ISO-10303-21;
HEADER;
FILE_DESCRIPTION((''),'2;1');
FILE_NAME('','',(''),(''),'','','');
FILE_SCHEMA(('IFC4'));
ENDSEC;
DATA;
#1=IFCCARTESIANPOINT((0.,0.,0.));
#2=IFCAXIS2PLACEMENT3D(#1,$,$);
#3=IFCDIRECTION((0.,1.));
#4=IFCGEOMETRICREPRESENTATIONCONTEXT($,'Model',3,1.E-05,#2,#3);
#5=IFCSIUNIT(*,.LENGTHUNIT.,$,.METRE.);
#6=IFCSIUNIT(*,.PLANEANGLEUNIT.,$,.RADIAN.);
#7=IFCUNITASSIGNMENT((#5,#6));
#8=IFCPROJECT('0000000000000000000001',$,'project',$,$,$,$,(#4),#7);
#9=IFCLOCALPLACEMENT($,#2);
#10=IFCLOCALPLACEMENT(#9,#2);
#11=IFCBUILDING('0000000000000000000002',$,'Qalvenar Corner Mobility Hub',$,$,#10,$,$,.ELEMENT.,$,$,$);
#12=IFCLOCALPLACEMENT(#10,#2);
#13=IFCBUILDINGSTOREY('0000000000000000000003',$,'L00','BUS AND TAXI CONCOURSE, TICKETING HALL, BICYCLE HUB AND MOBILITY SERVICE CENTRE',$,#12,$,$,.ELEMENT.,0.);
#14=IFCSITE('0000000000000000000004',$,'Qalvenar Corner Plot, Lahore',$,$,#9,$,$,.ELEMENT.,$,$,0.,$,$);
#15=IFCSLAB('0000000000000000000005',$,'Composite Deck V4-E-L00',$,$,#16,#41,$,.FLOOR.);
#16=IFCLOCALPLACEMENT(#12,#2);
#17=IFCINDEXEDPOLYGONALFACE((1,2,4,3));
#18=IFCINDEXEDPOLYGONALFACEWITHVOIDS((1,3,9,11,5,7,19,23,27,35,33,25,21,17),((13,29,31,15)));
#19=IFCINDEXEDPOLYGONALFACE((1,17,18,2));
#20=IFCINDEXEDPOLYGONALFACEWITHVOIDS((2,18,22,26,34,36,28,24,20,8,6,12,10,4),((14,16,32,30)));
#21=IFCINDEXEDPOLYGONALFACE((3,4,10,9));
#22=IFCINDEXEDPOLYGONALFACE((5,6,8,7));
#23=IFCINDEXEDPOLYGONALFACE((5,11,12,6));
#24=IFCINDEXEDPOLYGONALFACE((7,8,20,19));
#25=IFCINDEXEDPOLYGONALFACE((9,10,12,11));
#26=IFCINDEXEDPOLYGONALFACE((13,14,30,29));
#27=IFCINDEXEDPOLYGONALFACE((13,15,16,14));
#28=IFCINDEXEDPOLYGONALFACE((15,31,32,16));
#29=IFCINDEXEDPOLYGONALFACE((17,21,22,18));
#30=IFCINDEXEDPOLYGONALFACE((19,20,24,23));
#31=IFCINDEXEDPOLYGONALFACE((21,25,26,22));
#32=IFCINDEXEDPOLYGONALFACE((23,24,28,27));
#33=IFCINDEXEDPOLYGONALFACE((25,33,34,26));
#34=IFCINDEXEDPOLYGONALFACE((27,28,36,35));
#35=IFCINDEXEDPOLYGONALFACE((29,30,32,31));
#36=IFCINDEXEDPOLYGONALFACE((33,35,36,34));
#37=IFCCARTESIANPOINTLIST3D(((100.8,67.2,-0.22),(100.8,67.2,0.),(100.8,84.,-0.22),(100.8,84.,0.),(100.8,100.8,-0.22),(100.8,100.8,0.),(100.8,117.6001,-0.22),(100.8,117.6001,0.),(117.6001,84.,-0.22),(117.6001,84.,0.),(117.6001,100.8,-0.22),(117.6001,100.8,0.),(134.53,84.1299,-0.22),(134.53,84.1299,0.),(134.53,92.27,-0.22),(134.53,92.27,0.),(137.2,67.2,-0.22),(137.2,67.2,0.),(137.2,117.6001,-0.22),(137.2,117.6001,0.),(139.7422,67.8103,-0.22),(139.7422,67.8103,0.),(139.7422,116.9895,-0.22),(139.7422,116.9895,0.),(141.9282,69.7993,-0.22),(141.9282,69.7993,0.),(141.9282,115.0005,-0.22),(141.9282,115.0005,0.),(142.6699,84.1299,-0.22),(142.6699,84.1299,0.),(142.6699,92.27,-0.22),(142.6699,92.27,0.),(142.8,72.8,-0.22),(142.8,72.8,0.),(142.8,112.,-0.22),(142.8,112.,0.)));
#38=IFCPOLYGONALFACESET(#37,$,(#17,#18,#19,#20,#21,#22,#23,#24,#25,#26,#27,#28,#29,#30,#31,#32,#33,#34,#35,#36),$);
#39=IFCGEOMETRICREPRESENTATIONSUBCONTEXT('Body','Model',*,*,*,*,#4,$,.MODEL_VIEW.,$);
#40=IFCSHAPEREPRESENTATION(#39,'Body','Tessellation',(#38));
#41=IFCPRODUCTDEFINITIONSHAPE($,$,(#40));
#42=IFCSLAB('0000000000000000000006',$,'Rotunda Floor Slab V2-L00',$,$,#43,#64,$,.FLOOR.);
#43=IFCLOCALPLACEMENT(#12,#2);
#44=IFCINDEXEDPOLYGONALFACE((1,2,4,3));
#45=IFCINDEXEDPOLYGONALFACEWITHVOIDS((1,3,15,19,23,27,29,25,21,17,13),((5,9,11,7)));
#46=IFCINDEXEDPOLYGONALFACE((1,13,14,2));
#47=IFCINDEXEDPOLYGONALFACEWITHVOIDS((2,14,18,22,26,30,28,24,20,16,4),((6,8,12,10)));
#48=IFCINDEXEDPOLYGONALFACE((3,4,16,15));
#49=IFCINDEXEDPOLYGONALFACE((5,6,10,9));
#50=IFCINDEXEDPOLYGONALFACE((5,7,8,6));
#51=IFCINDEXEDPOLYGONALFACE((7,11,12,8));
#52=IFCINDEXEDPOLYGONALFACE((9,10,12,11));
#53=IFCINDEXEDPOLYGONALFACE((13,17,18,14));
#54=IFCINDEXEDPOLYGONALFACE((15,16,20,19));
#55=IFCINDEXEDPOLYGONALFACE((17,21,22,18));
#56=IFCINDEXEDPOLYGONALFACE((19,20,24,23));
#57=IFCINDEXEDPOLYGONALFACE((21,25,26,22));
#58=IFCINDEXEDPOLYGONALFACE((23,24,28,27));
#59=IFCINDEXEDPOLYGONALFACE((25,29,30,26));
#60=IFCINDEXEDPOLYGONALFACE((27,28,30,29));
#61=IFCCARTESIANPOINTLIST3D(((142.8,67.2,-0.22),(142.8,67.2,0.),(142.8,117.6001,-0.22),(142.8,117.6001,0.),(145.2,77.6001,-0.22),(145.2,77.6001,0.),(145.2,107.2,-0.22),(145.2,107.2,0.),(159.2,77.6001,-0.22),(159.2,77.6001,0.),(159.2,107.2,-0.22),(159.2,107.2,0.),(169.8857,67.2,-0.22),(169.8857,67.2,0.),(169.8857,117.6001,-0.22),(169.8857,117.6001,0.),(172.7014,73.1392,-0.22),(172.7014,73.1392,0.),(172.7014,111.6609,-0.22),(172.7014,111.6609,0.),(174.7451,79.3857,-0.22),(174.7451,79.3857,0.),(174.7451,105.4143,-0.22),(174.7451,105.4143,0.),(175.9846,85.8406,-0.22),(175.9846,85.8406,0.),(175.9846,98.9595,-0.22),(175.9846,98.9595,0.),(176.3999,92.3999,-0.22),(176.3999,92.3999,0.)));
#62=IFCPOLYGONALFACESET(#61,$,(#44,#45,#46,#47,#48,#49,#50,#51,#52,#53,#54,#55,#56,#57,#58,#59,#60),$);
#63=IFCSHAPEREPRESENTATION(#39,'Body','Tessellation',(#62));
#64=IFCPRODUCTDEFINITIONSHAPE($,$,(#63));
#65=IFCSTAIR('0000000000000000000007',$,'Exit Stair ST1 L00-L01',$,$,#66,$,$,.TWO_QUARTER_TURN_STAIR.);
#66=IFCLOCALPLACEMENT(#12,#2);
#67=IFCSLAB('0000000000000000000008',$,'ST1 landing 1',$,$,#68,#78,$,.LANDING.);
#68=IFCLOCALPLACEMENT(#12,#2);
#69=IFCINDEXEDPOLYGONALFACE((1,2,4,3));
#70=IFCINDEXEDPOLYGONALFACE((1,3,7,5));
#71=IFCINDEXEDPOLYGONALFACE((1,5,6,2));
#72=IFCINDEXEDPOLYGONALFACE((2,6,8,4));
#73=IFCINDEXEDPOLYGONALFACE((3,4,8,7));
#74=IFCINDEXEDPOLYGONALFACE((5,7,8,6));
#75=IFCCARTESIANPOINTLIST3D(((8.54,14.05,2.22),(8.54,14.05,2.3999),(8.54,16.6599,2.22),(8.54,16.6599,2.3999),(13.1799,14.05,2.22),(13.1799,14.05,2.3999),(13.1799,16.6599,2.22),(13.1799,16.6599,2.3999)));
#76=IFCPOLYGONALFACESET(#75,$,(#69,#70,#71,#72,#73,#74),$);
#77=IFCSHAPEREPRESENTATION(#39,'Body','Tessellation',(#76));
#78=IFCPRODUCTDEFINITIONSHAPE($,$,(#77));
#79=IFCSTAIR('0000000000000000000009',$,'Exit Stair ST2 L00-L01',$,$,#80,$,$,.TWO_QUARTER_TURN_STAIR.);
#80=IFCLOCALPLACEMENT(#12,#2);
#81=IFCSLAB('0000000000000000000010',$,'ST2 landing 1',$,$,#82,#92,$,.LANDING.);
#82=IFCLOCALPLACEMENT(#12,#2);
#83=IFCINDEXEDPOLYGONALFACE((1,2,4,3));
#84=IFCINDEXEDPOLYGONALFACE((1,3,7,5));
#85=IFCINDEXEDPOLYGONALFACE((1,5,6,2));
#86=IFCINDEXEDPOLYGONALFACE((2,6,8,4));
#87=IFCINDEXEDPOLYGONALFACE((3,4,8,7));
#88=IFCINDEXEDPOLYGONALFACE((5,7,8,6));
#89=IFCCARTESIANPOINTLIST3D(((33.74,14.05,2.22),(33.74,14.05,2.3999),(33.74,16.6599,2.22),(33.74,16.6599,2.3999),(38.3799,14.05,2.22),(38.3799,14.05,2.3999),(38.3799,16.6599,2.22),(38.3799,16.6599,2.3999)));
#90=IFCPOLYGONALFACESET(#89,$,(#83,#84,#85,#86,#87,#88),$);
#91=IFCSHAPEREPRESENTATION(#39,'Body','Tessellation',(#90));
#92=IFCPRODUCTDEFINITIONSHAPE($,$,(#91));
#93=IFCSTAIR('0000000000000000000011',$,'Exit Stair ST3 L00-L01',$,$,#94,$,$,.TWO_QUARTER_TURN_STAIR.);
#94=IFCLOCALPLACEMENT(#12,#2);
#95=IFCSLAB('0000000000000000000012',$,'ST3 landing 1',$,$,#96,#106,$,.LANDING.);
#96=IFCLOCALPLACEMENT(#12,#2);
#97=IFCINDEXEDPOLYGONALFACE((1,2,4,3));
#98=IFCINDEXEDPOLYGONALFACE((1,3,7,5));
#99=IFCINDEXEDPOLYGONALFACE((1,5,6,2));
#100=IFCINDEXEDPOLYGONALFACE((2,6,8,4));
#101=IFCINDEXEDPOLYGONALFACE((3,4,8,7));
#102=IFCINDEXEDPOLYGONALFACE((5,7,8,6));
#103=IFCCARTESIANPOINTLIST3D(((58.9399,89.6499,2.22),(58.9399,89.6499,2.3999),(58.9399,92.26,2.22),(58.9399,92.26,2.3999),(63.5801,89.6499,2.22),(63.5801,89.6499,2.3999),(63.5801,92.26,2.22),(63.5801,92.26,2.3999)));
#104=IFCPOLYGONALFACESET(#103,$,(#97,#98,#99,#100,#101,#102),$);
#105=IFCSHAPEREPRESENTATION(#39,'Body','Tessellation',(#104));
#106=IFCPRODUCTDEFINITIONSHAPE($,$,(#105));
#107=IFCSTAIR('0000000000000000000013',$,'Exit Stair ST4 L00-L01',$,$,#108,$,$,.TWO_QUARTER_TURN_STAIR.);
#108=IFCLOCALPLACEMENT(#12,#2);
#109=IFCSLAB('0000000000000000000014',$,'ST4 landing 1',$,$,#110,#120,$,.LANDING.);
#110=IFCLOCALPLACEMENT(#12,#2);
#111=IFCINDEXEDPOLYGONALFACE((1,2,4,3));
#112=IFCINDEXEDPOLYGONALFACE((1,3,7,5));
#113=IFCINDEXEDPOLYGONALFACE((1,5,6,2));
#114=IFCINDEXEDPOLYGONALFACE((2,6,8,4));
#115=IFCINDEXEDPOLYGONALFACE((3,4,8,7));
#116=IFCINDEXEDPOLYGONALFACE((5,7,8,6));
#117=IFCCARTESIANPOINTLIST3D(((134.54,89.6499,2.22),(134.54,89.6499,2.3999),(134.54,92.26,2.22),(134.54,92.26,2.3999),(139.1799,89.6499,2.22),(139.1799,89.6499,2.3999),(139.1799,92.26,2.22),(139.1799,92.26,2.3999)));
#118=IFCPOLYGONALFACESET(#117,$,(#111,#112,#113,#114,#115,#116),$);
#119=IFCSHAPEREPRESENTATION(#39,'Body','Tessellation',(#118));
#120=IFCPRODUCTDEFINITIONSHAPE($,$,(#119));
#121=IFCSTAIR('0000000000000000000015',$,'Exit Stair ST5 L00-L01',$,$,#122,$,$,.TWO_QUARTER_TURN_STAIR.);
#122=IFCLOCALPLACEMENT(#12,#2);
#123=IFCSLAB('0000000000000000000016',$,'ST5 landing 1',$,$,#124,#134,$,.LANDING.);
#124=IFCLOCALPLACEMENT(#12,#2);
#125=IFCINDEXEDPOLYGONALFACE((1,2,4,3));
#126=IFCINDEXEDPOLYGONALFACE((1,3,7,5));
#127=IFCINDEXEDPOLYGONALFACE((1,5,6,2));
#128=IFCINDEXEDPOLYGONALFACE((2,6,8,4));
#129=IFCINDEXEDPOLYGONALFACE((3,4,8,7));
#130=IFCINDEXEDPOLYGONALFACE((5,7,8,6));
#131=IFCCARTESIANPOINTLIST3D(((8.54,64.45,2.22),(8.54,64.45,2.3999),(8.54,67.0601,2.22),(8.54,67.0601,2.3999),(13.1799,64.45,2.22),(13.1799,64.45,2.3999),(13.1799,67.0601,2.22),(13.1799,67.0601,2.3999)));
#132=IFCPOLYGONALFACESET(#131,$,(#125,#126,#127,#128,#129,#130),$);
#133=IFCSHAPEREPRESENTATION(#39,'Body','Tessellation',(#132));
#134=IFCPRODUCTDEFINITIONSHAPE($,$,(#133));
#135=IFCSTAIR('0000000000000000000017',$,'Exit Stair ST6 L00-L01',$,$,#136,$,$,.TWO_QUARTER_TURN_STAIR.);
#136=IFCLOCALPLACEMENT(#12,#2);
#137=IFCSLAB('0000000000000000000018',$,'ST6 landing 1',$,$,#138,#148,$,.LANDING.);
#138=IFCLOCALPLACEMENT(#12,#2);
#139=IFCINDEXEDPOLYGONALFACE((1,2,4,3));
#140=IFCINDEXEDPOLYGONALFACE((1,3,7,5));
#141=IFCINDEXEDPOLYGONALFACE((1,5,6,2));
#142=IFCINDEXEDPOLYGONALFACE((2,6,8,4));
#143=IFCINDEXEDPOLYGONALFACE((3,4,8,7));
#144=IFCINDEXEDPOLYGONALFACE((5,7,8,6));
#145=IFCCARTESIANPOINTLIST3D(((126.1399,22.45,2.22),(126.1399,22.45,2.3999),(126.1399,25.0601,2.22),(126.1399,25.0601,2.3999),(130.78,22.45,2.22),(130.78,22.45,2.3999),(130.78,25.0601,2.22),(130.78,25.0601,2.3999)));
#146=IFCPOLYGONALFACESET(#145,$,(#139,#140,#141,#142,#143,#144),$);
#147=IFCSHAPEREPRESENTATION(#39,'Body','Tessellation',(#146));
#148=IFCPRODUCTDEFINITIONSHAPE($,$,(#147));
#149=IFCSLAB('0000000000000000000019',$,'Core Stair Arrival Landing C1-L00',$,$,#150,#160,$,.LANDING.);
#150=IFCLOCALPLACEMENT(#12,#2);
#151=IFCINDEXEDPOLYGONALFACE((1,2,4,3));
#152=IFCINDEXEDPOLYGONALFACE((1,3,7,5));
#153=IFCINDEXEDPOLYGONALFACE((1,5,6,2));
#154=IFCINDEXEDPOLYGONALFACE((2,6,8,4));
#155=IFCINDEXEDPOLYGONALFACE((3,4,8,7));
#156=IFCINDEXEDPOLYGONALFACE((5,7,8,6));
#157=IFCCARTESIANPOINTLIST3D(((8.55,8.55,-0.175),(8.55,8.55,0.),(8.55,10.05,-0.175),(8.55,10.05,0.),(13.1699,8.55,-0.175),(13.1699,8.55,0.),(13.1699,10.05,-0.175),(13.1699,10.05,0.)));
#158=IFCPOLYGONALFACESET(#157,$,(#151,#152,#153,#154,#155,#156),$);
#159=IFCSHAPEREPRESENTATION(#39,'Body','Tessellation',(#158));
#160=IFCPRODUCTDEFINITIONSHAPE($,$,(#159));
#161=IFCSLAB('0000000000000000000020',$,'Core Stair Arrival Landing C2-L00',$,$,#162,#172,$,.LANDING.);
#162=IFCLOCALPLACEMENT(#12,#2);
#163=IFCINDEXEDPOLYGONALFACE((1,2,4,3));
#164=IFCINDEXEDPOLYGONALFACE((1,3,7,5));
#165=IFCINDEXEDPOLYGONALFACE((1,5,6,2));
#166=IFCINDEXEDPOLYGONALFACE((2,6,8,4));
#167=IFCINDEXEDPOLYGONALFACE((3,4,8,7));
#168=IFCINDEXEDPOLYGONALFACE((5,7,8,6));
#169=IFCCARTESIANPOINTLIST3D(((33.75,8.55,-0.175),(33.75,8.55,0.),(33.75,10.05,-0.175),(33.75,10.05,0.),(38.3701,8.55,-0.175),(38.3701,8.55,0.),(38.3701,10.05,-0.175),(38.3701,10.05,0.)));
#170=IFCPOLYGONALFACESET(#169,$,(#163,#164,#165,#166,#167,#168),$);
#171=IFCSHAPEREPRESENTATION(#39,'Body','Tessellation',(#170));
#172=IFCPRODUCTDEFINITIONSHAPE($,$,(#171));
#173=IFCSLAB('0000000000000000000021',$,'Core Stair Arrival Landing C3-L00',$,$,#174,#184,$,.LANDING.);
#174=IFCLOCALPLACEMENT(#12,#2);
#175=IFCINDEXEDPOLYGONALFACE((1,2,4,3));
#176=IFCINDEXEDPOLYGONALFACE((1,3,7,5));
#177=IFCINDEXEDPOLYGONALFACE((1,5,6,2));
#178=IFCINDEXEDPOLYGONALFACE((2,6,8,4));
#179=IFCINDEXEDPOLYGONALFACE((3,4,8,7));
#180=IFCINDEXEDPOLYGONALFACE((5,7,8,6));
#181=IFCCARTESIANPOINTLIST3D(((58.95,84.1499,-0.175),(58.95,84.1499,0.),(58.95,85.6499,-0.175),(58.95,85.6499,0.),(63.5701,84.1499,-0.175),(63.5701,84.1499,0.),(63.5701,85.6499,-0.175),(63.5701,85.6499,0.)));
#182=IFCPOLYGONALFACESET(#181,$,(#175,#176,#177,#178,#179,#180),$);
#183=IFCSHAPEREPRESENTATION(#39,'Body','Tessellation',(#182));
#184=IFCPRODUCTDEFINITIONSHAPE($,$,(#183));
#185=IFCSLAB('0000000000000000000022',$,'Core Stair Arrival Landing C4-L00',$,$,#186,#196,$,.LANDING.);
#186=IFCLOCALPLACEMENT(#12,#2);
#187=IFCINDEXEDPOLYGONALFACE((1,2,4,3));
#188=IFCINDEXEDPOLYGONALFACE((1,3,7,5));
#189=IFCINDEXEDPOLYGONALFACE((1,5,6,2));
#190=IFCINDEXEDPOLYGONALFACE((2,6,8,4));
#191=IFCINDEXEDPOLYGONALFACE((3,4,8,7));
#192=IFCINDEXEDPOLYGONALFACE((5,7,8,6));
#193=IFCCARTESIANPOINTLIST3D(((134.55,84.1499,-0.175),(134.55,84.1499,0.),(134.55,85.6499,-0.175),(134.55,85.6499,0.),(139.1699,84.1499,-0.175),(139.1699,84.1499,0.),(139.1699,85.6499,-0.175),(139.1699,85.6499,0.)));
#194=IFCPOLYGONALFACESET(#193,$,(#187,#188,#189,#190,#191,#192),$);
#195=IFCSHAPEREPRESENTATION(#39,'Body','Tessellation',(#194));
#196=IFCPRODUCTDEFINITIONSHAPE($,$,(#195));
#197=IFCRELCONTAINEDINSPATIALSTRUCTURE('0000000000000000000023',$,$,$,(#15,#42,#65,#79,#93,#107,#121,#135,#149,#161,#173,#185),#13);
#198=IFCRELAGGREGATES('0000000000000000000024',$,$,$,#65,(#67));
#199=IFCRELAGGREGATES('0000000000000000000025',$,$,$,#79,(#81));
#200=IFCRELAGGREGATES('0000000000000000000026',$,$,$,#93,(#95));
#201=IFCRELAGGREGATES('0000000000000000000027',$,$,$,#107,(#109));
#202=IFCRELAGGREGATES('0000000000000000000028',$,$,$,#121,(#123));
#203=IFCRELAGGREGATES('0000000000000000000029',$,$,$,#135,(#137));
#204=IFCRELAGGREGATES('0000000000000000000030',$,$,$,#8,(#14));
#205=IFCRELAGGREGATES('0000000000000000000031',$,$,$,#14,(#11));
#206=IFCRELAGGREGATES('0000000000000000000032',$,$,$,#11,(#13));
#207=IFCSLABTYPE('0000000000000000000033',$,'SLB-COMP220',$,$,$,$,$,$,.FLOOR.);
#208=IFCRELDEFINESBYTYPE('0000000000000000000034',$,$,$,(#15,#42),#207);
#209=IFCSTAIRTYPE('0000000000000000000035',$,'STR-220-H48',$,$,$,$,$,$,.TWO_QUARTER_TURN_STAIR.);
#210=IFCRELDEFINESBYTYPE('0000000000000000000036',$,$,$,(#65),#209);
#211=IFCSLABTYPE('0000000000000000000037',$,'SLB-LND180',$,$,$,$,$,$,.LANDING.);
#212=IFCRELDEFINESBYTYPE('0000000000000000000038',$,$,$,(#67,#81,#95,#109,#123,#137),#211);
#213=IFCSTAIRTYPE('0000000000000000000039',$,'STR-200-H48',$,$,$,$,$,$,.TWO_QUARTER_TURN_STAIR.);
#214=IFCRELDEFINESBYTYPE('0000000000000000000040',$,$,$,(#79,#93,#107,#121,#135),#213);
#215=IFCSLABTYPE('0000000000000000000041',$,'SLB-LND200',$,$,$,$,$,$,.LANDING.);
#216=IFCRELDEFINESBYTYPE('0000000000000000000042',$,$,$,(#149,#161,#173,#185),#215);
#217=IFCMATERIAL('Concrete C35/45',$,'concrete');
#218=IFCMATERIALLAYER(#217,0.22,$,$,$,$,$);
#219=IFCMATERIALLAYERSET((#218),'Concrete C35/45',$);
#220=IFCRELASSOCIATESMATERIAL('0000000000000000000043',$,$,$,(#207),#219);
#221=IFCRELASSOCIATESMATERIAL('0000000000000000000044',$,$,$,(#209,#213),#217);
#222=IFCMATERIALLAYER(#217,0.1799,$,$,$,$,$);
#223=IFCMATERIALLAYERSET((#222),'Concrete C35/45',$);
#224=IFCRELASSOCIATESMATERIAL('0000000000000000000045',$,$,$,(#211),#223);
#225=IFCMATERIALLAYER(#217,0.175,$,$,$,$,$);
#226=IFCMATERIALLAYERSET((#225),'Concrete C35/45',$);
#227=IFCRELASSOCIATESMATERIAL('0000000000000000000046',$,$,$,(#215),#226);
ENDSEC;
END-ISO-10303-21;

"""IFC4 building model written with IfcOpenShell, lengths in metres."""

from ifc_helpers import new_model, si_unit, direction, frame, origin, place, context, subcontext, project, spatial, polyline, outline, extrude, material, layer, layer_set, type_object, element, aggregate, save


model = new_model("IFC4")

# Units and contexts
model_context = context("Model", 3, precision=1e-05, world=origin(), true_north=direction((0.0, 1.0)))
body_context = subcontext(model_context, "Body", "Model", "MODEL_VIEW")
ifc_project = project(units=[si_unit("LENGTHUNIT", "METRE"), si_unit("PLANEANGLEUNIT", "RADIAN")], contexts=[model_context])

# Site, building, storey
site_placement = place(None, origin())
site = spatial("IfcSite", under=ifc_project, at=site_placement, Name="Qalvenar Corner Plot, Lahore", CompositionType="ELEMENT", RefElevation=0.0)
building_placement = place(site_placement, origin())
building = spatial("IfcBuilding", under=site, at=building_placement, Name="Qalvenar Corner Mobility Hub", CompositionType="ELEMENT")
storey_placement = place(building_placement, origin())
storey = spatial("IfcBuildingStorey", under=building, at=storey_placement, Name="L00", Description="BUS AND TAXI CONCOURSE, TICKETING HALL, BICYCLE HUB AND MOBILITY SERVICE CENTRE", CompositionType="ELEMENT", Elevation=0.0)

# Slabs
ifc_material_1 = material(Name="Concrete C35/45", Category="concrete")
ifc_layer_1 = layer(ifc_material_1, 0.22)
ifc_layer_set_1 = layer_set([ifc_layer_1], Name="Concrete C35/45")
slab_type_1 = type_object("IfcSlabType", Name="SLB-COMP220", PredefinedType="FLOOR", material=ifc_layer_set_1)
slab_1_placement = place(storey_placement, frame((0.0, 0.0, -0.22)))
element("IfcSlab", 1, at=slab_1_placement, inside=storey, type_object=slab_type_1, Name="Composite Deck V4-E-L00", PredefinedType="FLOOR", context=body_context, shape_type="SweptSolid", body=[
    extrude(outline(polyline([(100.8, 67.2), (137.2, 67.2), (139.7422, 67.8103), (141.9282, 69.7993), (142.8, 72.8), (142.8, 112.0), (141.9282, 115.0005), (139.7422, 116.9895), (137.2, 117.6001), (100.8, 117.6001), (100.8, 100.8), (117.6001, 100.8), (117.6001, 84.0), (100.8, 84.0), (100.8, 67.2)]), holes=[polyline([(134.53, 84.1299), (142.6699, 84.1299), (142.6699, 92.27), (134.53, 92.27), (134.53, 84.1299)])]), origin(), (0.0, 0.0, 1.0), 0.22),
])
slab_2_placement = place(storey_placement, frame((0.0, 0.0, -0.22)))
element("IfcSlab", 2, at=slab_2_placement, inside=storey, type_object=slab_type_1, Name="Rotunda Floor Slab V2-L00", PredefinedType="FLOOR", context=body_context, shape_type="SweptSolid", body=[
    extrude(outline(polyline([(142.8, 67.2), (169.8857, 67.2), (172.7014, 73.1392), (174.7451, 79.3857), (175.9846, 85.8406), (176.3999, 92.3999), (175.9846, 98.9595), (174.7451, 105.4143), (172.7014, 111.6609), (169.8857, 117.6001), (142.8, 117.6001), (142.8, 67.2)]), holes=[polyline([(145.2, 77.6001), (159.2, 77.6001), (159.2, 107.2), (145.2, 107.2), (145.2, 77.6001)])]), origin(), (0.0, 0.0, 1.0), 0.22),
])

# Stairs, slabs
stair_type_1 = type_object("IfcStairType", Name="STR-220-H48", PredefinedType="TWO_QUARTER_TURN_STAIR", material=ifc_material_1)
stair_1_placement = place(storey_placement, origin())
stair_1 = element("IfcStair", 3, at=stair_1_placement, inside=storey, type_object=stair_type_1, Name="Exit Stair ST1 L00-L01", PredefinedType="TWO_QUARTER_TURN_STAIR")
ifc_layer_2 = layer(ifc_material_1, 0.1799)
ifc_layer_set_2 = layer_set([ifc_layer_2], Name="Concrete C35/45")
slab_type_2 = type_object("IfcSlabType", Name="SLB-LND180", PredefinedType="LANDING", material=ifc_layer_set_2)
slab_3_placement = place(storey_placement, frame((0.0, 0.0, 2.22)))
slab_3 = element("IfcSlab", 4, at=slab_3_placement, type_object=slab_type_2, Name="ST1 landing 1", PredefinedType="LANDING", context=body_context, shape_type="SweptSolid", body=[
    extrude(outline(polyline([(8.54, 14.05), (13.1799, 14.05), (13.1799, 16.6599), (8.54, 16.6599), (8.54, 14.05)])), origin(), (0.0, 0.0, 1.0), 0.1799),
])
aggregate(stair_1, [slab_3])
stair_type_2 = type_object("IfcStairType", Name="STR-200-H48", PredefinedType="TWO_QUARTER_TURN_STAIR", material=ifc_material_1)
stair_2_placement = place(storey_placement, origin())
stair_2 = element("IfcStair", 5, at=stair_2_placement, inside=storey, type_object=stair_type_2, Name="Exit Stair ST2 L00-L01", PredefinedType="TWO_QUARTER_TURN_STAIR")
slab_4_placement = place(storey_placement, frame((0.0, 0.0, 2.22)))
slab_4 = element("IfcSlab", 6, at=slab_4_placement, type_object=slab_type_2, Name="ST2 landing 1", PredefinedType="LANDING", context=body_context, shape_type="SweptSolid", body=[
    extrude(outline(polyline([(33.74, 14.05), (38.3799, 14.05), (38.3799, 16.6599), (33.74, 16.6599), (33.74, 14.05)])), origin(), (0.0, 0.0, 1.0), 0.1799),
])
aggregate(stair_2, [slab_4])
stair_3_placement = place(storey_placement, origin())
stair_3 = element("IfcStair", 7, at=stair_3_placement, inside=storey, type_object=stair_type_2, Name="Exit Stair ST3 L00-L01", PredefinedType="TWO_QUARTER_TURN_STAIR")
slab_5_placement = place(storey_placement, frame((0.0, 0.0, 2.22)))
slab_5 = element("IfcSlab", 8, at=slab_5_placement, type_object=slab_type_2, Name="ST3 landing 1", PredefinedType="LANDING", context=body_context, shape_type="SweptSolid", body=[
    extrude(outline(polyline([(58.9399, 89.6499), (63.5801, 89.6499), (63.5801, 92.26), (58.9399, 92.26), (58.9399, 89.6499)])), origin(), (0.0, 0.0, 1.0), 0.1799),
])
aggregate(stair_3, [slab_5])
stair_4_placement = place(storey_placement, origin())
stair_4 = element("IfcStair", 9, at=stair_4_placement, inside=storey, type_object=stair_type_2, Name="Exit Stair ST4 L00-L01", PredefinedType="TWO_QUARTER_TURN_STAIR")
slab_6_placement = place(storey_placement, frame((0.0, 0.0, 2.22)))
slab_6 = element("IfcSlab", 10, at=slab_6_placement, type_object=slab_type_2, Name="ST4 landing 1", PredefinedType="LANDING", context=body_context, shape_type="SweptSolid", body=[
    extrude(outline(polyline([(134.54, 89.6499), (139.1799, 89.6499), (139.1799, 92.26), (134.54, 92.26), (134.54, 89.6499)])), origin(), (0.0, 0.0, 1.0), 0.1799),
])
aggregate(stair_4, [slab_6])
stair_5_placement = place(storey_placement, origin())
stair_5 = element("IfcStair", 11, at=stair_5_placement, inside=storey, type_object=stair_type_2, Name="Exit Stair ST5 L00-L01", PredefinedType="TWO_QUARTER_TURN_STAIR")
slab_7_placement = place(storey_placement, frame((0.0, 0.0, 2.22)))
slab_7 = element("IfcSlab", 12, at=slab_7_placement, type_object=slab_type_2, Name="ST5 landing 1", PredefinedType="LANDING", context=body_context, shape_type="SweptSolid", body=[
    extrude(outline(polyline([(8.54, 64.45), (13.1799, 64.45), (13.1799, 67.0601), (8.54, 67.0601), (8.54, 64.45)])), origin(), (0.0, 0.0, 1.0), 0.1799),
])
aggregate(stair_5, [slab_7])
stair_6_placement = place(storey_placement, origin())
stair_6 = element("IfcStair", 13, at=stair_6_placement, inside=storey, type_object=stair_type_2, Name="Exit Stair ST6 L00-L01", PredefinedType="TWO_QUARTER_TURN_STAIR")
slab_8_placement = place(storey_placement, frame((0.0, 0.0, 2.22)))
slab_8 = element("IfcSlab", 14, at=slab_8_placement, type_object=slab_type_2, Name="ST6 landing 1", PredefinedType="LANDING", context=body_context, shape_type="SweptSolid", body=[
    extrude(outline(polyline([(126.1399, 22.45), (130.78, 22.45), (130.78, 25.0601), (126.1399, 25.0601), (126.1399, 22.45)])), origin(), (0.0, 0.0, 1.0), 0.1799),
])
aggregate(stair_6, [slab_8])

# Slabs
ifc_layer_3 = layer(ifc_material_1, 0.175)
ifc_layer_set_3 = layer_set([ifc_layer_3], Name="Concrete C35/45")
slab_type_3 = type_object("IfcSlabType", Name="SLB-LND200", PredefinedType="LANDING", material=ifc_layer_set_3)
slab_9_placement = place(storey_placement, frame((0.0, 0.0, -0.175)))
element("IfcSlab", 15, at=slab_9_placement, inside=storey, type_object=slab_type_3, Name="Core Stair Arrival Landing C1-L00", PredefinedType="LANDING", context=body_context, shape_type="SweptSolid", body=[
    extrude(outline(polyline([(8.55, 8.55), (13.1699, 8.55), (13.1699, 10.05), (8.55, 10.05), (8.55, 8.55)])), origin(), (0.0, 0.0, 1.0), 0.175),
])
slab_10_placement = place(storey_placement, frame((0.0, 0.0, -0.175)))
element("IfcSlab", 16, at=slab_10_placement, inside=storey, type_object=slab_type_3, Name="Core Stair Arrival Landing C2-L00", PredefinedType="LANDING", context=body_context, shape_type="SweptSolid", body=[
    extrude(outline(polyline([(33.75, 8.55), (38.3701, 8.55), (38.3701, 10.05), (33.75, 10.05), (33.75, 8.55)])), origin(), (0.0, 0.0, 1.0), 0.175),
])
slab_11_placement = place(storey_placement, frame((0.0, 0.0, -0.175)))
element("IfcSlab", 17, at=slab_11_placement, inside=storey, type_object=slab_type_3, Name="Core Stair Arrival Landing C3-L00", PredefinedType="LANDING", context=body_context, shape_type="SweptSolid", body=[
    extrude(outline(polyline([(58.95, 84.1499), (63.5701, 84.1499), (63.5701, 85.6499), (58.95, 85.6499), (58.95, 84.1499)])), origin(), (0.0, 0.0, 1.0), 0.175),
])
slab_12_placement = place(storey_placement, frame((0.0, 0.0, -0.175)))
element("IfcSlab", 18, at=slab_12_placement, inside=storey, type_object=slab_type_3, Name="Core Stair Arrival Landing C4-L00", PredefinedType="LANDING", context=body_context, shape_type="SweptSolid", body=[
    extrude(outline(polyline([(134.55, 84.1499), (139.1699, 84.1499), (139.1699, 85.6499), (134.55, 85.6499), (134.55, 84.1499)])), origin(), (0.0, 0.0, 1.0), 0.175),
])

save(model, "model.ifc")
